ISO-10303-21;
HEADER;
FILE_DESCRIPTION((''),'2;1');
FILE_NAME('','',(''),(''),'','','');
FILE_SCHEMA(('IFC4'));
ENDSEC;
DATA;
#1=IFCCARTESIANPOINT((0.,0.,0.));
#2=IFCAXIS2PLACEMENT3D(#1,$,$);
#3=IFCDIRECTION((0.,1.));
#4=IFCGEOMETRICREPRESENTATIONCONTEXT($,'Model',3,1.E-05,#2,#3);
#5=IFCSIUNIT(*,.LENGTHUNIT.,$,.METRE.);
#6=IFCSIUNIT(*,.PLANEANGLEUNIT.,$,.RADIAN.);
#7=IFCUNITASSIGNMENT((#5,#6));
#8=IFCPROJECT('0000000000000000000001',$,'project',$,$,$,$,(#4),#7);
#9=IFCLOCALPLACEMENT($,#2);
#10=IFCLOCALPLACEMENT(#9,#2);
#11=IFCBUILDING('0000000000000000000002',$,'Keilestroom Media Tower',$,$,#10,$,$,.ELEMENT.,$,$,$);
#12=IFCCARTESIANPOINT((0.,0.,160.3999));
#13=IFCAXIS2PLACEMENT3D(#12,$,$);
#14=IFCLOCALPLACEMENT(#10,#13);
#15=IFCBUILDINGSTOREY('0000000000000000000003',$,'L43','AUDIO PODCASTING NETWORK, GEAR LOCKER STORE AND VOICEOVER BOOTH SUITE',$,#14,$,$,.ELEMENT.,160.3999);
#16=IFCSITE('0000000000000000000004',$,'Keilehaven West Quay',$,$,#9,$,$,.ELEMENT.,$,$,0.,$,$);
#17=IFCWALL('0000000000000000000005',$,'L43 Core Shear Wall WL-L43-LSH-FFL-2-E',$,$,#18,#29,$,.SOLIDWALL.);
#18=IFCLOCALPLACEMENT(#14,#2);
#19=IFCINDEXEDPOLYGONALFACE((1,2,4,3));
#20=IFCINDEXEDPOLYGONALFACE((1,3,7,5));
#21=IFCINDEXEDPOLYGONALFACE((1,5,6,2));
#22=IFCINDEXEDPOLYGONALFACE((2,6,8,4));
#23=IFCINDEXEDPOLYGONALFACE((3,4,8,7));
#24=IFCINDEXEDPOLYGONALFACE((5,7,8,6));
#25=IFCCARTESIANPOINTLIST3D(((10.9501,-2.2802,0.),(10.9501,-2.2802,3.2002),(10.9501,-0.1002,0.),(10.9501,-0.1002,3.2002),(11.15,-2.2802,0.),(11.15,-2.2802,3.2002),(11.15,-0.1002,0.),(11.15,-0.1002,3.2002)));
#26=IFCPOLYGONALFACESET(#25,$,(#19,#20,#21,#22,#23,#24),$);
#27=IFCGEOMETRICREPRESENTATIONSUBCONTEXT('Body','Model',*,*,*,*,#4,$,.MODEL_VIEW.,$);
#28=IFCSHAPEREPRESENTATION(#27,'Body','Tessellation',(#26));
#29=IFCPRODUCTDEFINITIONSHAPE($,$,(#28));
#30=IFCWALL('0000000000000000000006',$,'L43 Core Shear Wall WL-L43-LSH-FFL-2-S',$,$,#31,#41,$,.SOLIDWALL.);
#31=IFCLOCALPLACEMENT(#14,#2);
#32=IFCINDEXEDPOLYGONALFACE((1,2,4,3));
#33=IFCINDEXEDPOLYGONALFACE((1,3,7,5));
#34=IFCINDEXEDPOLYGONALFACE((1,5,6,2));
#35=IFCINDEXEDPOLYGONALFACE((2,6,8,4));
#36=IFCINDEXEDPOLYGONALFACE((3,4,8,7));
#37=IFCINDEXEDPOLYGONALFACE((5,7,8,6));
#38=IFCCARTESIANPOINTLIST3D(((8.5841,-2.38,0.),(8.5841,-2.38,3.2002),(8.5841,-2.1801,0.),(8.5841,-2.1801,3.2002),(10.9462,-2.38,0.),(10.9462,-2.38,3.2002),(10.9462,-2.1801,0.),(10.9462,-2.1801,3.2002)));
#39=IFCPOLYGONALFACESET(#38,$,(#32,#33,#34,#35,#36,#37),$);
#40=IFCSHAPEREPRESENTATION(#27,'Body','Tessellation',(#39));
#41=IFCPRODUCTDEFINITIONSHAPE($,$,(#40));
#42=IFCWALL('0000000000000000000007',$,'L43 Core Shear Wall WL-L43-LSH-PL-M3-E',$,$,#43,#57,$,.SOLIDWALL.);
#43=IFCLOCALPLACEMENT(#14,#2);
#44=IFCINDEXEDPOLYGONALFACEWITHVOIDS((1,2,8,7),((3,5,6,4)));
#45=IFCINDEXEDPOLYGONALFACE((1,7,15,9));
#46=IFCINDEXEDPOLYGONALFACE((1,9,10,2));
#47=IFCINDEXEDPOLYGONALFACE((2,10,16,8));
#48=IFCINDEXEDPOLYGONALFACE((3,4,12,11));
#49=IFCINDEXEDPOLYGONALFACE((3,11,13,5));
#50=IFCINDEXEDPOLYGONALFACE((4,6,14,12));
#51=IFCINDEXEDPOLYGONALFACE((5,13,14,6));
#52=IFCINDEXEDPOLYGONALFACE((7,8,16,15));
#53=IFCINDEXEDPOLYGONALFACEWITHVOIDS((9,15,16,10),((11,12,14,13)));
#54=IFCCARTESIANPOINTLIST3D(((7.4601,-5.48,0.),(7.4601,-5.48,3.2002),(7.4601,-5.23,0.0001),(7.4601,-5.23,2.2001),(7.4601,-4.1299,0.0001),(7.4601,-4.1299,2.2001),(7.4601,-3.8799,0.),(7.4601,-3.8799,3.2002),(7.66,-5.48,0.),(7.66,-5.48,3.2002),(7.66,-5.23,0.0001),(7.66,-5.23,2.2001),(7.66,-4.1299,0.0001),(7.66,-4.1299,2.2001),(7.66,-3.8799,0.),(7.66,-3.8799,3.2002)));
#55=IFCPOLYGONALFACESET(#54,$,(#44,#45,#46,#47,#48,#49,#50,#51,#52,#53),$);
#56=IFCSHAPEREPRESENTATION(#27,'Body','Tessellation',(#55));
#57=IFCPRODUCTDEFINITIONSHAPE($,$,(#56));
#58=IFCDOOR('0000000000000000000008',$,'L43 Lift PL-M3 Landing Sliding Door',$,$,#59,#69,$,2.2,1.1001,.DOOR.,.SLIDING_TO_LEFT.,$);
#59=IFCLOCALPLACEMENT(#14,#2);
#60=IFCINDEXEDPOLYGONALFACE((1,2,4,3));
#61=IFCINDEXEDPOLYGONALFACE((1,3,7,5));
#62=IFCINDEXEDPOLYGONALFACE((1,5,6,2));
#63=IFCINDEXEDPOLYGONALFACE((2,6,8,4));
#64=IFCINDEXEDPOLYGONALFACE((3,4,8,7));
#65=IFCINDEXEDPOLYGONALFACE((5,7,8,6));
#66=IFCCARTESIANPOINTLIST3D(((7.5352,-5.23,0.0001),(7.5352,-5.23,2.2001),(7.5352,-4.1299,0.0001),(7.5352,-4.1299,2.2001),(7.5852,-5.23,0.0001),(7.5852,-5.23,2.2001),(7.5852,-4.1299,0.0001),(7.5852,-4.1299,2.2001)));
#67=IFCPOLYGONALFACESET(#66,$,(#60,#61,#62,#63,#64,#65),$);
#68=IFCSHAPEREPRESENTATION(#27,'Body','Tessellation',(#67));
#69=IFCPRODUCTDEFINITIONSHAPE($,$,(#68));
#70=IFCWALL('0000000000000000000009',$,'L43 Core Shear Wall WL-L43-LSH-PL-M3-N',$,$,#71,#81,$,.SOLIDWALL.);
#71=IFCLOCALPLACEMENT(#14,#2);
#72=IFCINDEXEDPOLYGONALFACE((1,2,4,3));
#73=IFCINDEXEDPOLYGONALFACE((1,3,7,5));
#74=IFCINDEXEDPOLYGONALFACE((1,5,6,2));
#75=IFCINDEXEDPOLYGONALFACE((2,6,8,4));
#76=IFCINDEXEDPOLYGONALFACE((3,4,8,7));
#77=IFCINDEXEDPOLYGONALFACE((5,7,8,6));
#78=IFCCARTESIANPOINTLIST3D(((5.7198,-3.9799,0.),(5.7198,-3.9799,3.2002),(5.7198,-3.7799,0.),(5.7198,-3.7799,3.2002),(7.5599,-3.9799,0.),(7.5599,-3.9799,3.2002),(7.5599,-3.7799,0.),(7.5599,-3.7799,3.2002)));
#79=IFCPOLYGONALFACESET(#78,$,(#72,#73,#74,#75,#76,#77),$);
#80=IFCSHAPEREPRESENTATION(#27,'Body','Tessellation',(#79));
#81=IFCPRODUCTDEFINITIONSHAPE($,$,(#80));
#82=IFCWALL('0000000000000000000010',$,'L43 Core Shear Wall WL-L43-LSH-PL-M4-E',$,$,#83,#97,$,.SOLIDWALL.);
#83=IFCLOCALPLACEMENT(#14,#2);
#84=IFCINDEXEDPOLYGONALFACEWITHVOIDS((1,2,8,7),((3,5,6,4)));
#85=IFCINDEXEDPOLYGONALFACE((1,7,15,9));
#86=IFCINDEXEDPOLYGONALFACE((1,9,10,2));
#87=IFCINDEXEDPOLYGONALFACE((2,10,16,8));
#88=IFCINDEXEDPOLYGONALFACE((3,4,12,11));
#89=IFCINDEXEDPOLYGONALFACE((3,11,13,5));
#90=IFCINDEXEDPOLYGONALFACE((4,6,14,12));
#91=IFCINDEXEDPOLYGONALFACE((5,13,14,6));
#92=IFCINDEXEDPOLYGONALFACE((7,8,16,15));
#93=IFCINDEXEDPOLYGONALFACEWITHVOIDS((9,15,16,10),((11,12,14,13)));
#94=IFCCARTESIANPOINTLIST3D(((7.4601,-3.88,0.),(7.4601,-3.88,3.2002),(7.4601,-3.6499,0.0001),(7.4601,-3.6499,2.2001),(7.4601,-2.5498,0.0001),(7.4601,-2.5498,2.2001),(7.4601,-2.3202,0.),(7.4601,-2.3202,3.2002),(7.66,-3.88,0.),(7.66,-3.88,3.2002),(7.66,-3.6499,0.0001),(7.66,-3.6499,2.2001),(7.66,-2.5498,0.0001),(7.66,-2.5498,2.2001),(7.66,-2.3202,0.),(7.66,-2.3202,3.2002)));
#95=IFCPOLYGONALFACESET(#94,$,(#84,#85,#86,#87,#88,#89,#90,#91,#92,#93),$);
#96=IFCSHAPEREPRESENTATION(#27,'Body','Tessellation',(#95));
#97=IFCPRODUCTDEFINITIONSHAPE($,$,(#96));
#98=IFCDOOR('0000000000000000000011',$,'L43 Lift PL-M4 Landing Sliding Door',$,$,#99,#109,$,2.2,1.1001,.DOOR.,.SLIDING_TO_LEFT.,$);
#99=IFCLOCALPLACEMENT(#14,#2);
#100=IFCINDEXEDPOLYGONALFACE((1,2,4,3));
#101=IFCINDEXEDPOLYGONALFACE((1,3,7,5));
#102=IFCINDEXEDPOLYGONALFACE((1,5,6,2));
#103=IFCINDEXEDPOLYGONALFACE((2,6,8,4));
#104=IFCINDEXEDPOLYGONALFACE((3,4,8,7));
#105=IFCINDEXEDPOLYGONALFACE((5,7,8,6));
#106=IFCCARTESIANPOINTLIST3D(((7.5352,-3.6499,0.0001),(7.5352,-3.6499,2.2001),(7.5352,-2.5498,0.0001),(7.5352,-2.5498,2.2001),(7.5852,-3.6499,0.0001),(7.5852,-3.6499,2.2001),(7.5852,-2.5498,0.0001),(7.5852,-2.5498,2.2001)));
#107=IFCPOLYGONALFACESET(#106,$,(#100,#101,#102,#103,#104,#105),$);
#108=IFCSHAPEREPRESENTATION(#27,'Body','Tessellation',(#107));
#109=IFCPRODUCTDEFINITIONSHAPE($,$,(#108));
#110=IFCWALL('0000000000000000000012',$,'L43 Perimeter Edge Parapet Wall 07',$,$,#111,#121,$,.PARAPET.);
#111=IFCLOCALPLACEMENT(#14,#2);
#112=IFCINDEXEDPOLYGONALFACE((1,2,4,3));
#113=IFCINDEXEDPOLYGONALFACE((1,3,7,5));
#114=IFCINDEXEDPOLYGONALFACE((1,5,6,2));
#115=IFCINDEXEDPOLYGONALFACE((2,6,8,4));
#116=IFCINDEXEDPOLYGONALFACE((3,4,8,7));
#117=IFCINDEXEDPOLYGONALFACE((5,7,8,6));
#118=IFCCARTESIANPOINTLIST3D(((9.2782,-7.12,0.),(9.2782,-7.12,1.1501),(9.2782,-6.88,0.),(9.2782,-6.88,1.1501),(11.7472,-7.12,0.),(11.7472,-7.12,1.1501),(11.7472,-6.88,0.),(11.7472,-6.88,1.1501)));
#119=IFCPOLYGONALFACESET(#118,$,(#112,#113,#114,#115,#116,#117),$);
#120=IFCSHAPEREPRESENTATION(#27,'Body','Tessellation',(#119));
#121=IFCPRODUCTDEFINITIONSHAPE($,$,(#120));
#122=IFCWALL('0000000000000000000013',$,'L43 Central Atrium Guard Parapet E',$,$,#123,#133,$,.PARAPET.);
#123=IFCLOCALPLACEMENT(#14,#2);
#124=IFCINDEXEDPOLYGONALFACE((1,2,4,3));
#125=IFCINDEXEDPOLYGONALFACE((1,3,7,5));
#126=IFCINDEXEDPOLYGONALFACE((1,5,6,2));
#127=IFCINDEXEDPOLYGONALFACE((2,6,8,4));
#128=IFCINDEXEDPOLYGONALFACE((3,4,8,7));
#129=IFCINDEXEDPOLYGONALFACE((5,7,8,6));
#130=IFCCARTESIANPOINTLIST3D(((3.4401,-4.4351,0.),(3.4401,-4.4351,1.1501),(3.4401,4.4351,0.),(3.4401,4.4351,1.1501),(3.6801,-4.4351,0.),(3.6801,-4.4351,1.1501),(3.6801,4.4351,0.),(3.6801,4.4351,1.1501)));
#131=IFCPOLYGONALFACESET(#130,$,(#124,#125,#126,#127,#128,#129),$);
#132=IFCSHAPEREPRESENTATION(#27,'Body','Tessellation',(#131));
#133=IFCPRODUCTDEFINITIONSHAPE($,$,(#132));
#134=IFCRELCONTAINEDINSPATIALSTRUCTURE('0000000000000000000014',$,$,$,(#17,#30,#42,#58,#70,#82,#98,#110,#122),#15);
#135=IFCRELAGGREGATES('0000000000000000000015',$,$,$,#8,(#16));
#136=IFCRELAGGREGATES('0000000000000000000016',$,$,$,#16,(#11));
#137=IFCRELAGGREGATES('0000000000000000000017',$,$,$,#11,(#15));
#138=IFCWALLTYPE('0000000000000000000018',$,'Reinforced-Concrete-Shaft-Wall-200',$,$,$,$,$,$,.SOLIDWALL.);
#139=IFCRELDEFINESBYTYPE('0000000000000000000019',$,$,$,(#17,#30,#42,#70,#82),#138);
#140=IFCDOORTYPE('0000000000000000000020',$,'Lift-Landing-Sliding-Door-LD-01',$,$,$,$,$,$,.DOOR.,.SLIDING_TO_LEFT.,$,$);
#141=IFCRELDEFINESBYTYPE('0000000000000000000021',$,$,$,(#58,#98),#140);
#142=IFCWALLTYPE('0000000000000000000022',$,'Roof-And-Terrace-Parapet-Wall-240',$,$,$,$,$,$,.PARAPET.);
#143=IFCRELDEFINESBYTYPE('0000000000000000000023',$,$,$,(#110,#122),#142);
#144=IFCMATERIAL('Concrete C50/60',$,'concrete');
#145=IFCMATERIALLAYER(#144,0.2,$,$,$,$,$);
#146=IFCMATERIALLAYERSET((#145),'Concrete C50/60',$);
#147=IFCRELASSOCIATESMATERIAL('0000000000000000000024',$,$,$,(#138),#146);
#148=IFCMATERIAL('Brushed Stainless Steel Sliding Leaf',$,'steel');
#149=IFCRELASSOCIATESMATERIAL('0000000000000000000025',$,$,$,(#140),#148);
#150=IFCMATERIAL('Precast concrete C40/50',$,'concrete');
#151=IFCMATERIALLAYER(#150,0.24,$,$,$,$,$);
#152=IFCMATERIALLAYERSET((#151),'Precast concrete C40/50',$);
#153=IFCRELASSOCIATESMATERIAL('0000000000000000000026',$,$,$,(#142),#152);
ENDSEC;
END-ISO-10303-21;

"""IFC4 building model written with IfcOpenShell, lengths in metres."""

from ifc_helpers import new_model, si_unit, direction, frame, frame_2d, origin, place, context, subcontext, project, spatial, rectangle, extrude, source, transform, mapped, material, layer, layer_set, type_object, element, fill, save


model = new_model("IFC4")

# Units and contexts
model_context = context("Model", 3, precision=1e-05, world=origin(), true_north=direction((0.0, 1.0)))
body_context = subcontext(model_context, "Body", "Model", "MODEL_VIEW")
ifc_project = project(units=[si_unit("LENGTHUNIT", "METRE"), si_unit("PLANEANGLEUNIT", "RADIAN")], contexts=[model_context])

# Site, building, storey
site_placement = place(None, origin())
site = spatial("IfcSite", under=ifc_project, at=site_placement, Name="Keilehaven West Quay", CompositionType="ELEMENT", RefElevation=0.0)
building_placement = place(site_placement, origin())
building = spatial("IfcBuilding", under=site, at=building_placement, Name="Keilestroom Media Tower", CompositionType="ELEMENT")
storey_placement = place(building_placement, frame((0.0, 0.0, 160.3999)))
storey = spatial("IfcBuildingStorey", under=building, at=storey_placement, Name="L43", Description="AUDIO PODCASTING NETWORK, GEAR LOCKER STORE AND VOICEOVER BOOTH SUITE", CompositionType="ELEMENT", Elevation=160.3999)

# Shared definitions
ifc_material_1 = material(Name="Precast concrete C40/50", Category="concrete")

# Shared definitions
ifc_material_2 = material(Name="Concrete C50/60", Category="concrete")
ifc_layer_1 = layer(ifc_material_2, 0.2)
ifc_layer_set_1 = layer_set([ifc_layer_1], Name="Concrete C50/60")
wall_type_1 = type_object("IfcWallType", Name="Reinforced-Concrete-Shaft-Wall-200", PredefinedType="SOLIDWALL", material=ifc_layer_set_1)

# Shared definitions
ifc_material_3 = material(Name="Brushed Stainless Steel Sliding Leaf", Category="steel")

# Walls
wall_1_placement = place(storey_placement, frame((11.05, -2.28, 0.0), z_axis=(0.0, 0.0, 1.0), x_axis=(0.0, 1.0, 0.0)))
element("IfcWall", 1, at=wall_1_placement, inside=storey, type_object=wall_type_1, Name="L43 Core Shear Wall WL-L43-LSH-FFL-2-E", PredefinedType="SOLIDWALL", context=body_context, shape_type="SweptSolid", body=[
    extrude(rectangle(XDim=2.1799, YDim=0.2, at=frame_2d((1.0898, 0.0))), origin(), (0.0, 0.0, 1.0), 3.2002),
])
wall_2_placement = place(storey_placement, frame((8.584, -2.28, 0.0), z_axis=(0.0, 0.0, 1.0), x_axis=(1.0, 0.0, 0.0)))
element("IfcWall", 2, at=wall_2_placement, inside=storey, type_object=wall_type_1, Name="L43 Core Shear Wall WL-L43-LSH-FFL-2-S", PredefinedType="SOLIDWALL", context=body_context, shape_type="SweptSolid", body=[
    extrude(rectangle(XDim=2.3621, YDim=0.2, at=frame_2d((1.1812, 0.0))), origin(), (0.0, 0.0, 1.0), 3.2002),
])

# Wall, opening, door
wall_3_placement = place(storey_placement, frame((7.5601, -5.48, 0.0), z_axis=(0.0, 0.0, 1.0), x_axis=(0.0, 1.0, 0.0)))
wall_3 = element("IfcWall", 3, at=wall_3_placement, inside=storey, type_object=wall_type_1, Name="L43 Core Shear Wall WL-L43-LSH-PL-M3-E", PredefinedType="SOLIDWALL", context=body_context, shape_type="SweptSolid", body=[
    extrude(rectangle(XDim=1.6001, YDim=0.2, at=frame_2d((0.8, 0.0))), origin(), (0.0, 0.0, 1.0), 3.2002),
])
opening_1_placement = place(wall_3_placement, frame((0.25, 0.0, 0.0)))
opening_1 = element("IfcOpeningElement", 4, at=opening_1_placement, cuts=wall_3, PredefinedType="OPENING", context=body_context, shape_type="SweptSolid", body=[
    extrude(rectangle(XDim=1.1001, YDim=2.2, at=frame_2d((0.55, 1.1001))), frame((0.0, 0.1099, 0.0), z_axis=(0.0, -1.0, 0.0), x_axis=(1.0, 0.0, 0.0)), (0.0, 0.0, 1.0), 0.22),
])
door_type_1 = type_object("IfcDoorType", Name="Lift-Landing-Sliding-Door-LD-01", OperationType="SLIDING_TO_LEFT", PredefinedType="DOOR", material=ifc_material_3)
shared_shape_1 = source(origin(), body_context, "Body", "SweptSolid", [
    extrude(rectangle(XDim=1.1001, YDim=2.2, at=frame_2d((0.55, 1.1001))), frame((0.0, 0.0249, 0.0), z_axis=(0.0, -1.0, 0.0), x_axis=(1.0, 0.0, 0.0)), (0.0, 0.0, 1.0), 0.05),
])
door_1_placement = place(opening_1_placement, origin())
door_1 = element("IfcDoor", 5, at=door_1_placement, inside=storey, type_object=door_type_1, Name="L43 Lift PL-M3 Landing Sliding Door", OperationType="SLIDING_TO_LEFT", OverallHeight=2.2, OverallWidth=1.1001, PredefinedType="DOOR", context=body_context, shape_type="MappedRepresentation", body=[
    mapped(shared_shape_1, transform((0.0, 0.0, 0.0), x_axis=(1.0, 0.0, 0.0), y_axis=(0.0, 1.0, 0.0), z_axis=(0.0, 0.0, 1.0), scale=1.0)),
])
fill(opening_1, door_1)

# Wall
wall_4_placement = place(storey_placement, frame((5.72, -3.8799, 0.0), z_axis=(0.0, 0.0, 1.0), x_axis=(1.0, 0.0, 0.0)))
element("IfcWall", 6, at=wall_4_placement, inside=storey, type_object=wall_type_1, Name="L43 Core Shear Wall WL-L43-LSH-PL-M3-N", PredefinedType="SOLIDWALL", context=body_context, shape_type="SweptSolid", body=[
    extrude(rectangle(XDim=1.8401, YDim=0.2, at=frame_2d((0.9199, 0.0))), origin(), (0.0, 0.0, 1.0), 3.2002),
])

# Wall, opening, door
wall_5_placement = place(storey_placement, frame((7.5601, -3.8799, 0.0), z_axis=(0.0, 0.0, 1.0), x_axis=(0.0, 1.0, 0.0)))
wall_5 = element("IfcWall", 7, at=wall_5_placement, inside=storey, type_object=wall_type_1, Name="L43 Core Shear Wall WL-L43-LSH-PL-M4-E", PredefinedType="SOLIDWALL", context=body_context, shape_type="SweptSolid", body=[
    extrude(rectangle(XDim=1.5598, YDim=0.2, at=frame_2d((0.7798, 0.0))), origin(), (0.0, 0.0, 1.0), 3.2002),
])
opening_2_placement = place(wall_5_placement, frame((0.23, 0.0, 0.0)))
opening_2 = element("IfcOpeningElement", 8, at=opening_2_placement, cuts=wall_5, PredefinedType="OPENING", context=body_context, shape_type="SweptSolid", body=[
    extrude(rectangle(XDim=1.1001, YDim=2.2, at=frame_2d((0.55, 1.1001))), frame((0.0, 0.1099, 0.0), z_axis=(0.0, -1.0, 0.0), x_axis=(1.0, 0.0, 0.0)), (0.0, 0.0, 1.0), 0.22),
])
door_2_placement = place(opening_2_placement, origin())
door_2 = element("IfcDoor", 9, at=door_2_placement, inside=storey, type_object=door_type_1, Name="L43 Lift PL-M4 Landing Sliding Door", OperationType="SLIDING_TO_LEFT", OverallHeight=2.2, OverallWidth=1.1001, PredefinedType="DOOR", context=body_context, shape_type="MappedRepresentation", body=[
    mapped(shared_shape_1, transform((0.0, 0.0, 0.0), x_axis=(1.0, 0.0, 0.0), y_axis=(0.0, 1.0, 0.0), z_axis=(0.0, 0.0, 1.0), scale=1.0)),
])
fill(opening_2, door_2)

# Walls
ifc_layer_2 = layer(ifc_material_1, 0.24)
ifc_layer_set_2 = layer_set([ifc_layer_2], Name="Precast concrete C40/50")
wall_type_2 = type_object("IfcWallType", Name="Roof-And-Terrace-Parapet-Wall-240", PredefinedType="PARAPET", material=ifc_layer_set_2)
wall_6_placement = place(storey_placement, frame((11.7471, -7.0, 0.0), z_axis=(0.0, 0.0, 1.0), x_axis=(-1.0, 0.0, 0.0)))
element("IfcWall", 10, at=wall_6_placement, inside=storey, type_object=wall_type_2, Name="L43 Perimeter Edge Parapet Wall 07", PredefinedType="PARAPET", context=body_context, shape_type="SweptSolid", body=[
    extrude(rectangle(XDim=2.469, YDim=0.24, at=frame_2d((1.2344, 0.0))), origin(), (0.0, 0.0, 1.0), 1.1501),
])
wall_7_placement = place(storey_placement, frame((3.5601, -4.4351, 0.0), z_axis=(0.0, 0.0, 1.0), x_axis=(0.0, 1.0, 0.0)))
element("IfcWall", 11, at=wall_7_placement, inside=storey, type_object=wall_type_2, Name="L43 Central Atrium Guard Parapet E", PredefinedType="PARAPET", context=body_context, shape_type="SweptSolid", body=[
    extrude(rectangle(XDim=8.8701, YDim=0.24, at=frame_2d((4.4351, 0.0))), origin(), (0.0, 0.0, 1.0), 1.1501),
])

save(model, "model.ifc")
